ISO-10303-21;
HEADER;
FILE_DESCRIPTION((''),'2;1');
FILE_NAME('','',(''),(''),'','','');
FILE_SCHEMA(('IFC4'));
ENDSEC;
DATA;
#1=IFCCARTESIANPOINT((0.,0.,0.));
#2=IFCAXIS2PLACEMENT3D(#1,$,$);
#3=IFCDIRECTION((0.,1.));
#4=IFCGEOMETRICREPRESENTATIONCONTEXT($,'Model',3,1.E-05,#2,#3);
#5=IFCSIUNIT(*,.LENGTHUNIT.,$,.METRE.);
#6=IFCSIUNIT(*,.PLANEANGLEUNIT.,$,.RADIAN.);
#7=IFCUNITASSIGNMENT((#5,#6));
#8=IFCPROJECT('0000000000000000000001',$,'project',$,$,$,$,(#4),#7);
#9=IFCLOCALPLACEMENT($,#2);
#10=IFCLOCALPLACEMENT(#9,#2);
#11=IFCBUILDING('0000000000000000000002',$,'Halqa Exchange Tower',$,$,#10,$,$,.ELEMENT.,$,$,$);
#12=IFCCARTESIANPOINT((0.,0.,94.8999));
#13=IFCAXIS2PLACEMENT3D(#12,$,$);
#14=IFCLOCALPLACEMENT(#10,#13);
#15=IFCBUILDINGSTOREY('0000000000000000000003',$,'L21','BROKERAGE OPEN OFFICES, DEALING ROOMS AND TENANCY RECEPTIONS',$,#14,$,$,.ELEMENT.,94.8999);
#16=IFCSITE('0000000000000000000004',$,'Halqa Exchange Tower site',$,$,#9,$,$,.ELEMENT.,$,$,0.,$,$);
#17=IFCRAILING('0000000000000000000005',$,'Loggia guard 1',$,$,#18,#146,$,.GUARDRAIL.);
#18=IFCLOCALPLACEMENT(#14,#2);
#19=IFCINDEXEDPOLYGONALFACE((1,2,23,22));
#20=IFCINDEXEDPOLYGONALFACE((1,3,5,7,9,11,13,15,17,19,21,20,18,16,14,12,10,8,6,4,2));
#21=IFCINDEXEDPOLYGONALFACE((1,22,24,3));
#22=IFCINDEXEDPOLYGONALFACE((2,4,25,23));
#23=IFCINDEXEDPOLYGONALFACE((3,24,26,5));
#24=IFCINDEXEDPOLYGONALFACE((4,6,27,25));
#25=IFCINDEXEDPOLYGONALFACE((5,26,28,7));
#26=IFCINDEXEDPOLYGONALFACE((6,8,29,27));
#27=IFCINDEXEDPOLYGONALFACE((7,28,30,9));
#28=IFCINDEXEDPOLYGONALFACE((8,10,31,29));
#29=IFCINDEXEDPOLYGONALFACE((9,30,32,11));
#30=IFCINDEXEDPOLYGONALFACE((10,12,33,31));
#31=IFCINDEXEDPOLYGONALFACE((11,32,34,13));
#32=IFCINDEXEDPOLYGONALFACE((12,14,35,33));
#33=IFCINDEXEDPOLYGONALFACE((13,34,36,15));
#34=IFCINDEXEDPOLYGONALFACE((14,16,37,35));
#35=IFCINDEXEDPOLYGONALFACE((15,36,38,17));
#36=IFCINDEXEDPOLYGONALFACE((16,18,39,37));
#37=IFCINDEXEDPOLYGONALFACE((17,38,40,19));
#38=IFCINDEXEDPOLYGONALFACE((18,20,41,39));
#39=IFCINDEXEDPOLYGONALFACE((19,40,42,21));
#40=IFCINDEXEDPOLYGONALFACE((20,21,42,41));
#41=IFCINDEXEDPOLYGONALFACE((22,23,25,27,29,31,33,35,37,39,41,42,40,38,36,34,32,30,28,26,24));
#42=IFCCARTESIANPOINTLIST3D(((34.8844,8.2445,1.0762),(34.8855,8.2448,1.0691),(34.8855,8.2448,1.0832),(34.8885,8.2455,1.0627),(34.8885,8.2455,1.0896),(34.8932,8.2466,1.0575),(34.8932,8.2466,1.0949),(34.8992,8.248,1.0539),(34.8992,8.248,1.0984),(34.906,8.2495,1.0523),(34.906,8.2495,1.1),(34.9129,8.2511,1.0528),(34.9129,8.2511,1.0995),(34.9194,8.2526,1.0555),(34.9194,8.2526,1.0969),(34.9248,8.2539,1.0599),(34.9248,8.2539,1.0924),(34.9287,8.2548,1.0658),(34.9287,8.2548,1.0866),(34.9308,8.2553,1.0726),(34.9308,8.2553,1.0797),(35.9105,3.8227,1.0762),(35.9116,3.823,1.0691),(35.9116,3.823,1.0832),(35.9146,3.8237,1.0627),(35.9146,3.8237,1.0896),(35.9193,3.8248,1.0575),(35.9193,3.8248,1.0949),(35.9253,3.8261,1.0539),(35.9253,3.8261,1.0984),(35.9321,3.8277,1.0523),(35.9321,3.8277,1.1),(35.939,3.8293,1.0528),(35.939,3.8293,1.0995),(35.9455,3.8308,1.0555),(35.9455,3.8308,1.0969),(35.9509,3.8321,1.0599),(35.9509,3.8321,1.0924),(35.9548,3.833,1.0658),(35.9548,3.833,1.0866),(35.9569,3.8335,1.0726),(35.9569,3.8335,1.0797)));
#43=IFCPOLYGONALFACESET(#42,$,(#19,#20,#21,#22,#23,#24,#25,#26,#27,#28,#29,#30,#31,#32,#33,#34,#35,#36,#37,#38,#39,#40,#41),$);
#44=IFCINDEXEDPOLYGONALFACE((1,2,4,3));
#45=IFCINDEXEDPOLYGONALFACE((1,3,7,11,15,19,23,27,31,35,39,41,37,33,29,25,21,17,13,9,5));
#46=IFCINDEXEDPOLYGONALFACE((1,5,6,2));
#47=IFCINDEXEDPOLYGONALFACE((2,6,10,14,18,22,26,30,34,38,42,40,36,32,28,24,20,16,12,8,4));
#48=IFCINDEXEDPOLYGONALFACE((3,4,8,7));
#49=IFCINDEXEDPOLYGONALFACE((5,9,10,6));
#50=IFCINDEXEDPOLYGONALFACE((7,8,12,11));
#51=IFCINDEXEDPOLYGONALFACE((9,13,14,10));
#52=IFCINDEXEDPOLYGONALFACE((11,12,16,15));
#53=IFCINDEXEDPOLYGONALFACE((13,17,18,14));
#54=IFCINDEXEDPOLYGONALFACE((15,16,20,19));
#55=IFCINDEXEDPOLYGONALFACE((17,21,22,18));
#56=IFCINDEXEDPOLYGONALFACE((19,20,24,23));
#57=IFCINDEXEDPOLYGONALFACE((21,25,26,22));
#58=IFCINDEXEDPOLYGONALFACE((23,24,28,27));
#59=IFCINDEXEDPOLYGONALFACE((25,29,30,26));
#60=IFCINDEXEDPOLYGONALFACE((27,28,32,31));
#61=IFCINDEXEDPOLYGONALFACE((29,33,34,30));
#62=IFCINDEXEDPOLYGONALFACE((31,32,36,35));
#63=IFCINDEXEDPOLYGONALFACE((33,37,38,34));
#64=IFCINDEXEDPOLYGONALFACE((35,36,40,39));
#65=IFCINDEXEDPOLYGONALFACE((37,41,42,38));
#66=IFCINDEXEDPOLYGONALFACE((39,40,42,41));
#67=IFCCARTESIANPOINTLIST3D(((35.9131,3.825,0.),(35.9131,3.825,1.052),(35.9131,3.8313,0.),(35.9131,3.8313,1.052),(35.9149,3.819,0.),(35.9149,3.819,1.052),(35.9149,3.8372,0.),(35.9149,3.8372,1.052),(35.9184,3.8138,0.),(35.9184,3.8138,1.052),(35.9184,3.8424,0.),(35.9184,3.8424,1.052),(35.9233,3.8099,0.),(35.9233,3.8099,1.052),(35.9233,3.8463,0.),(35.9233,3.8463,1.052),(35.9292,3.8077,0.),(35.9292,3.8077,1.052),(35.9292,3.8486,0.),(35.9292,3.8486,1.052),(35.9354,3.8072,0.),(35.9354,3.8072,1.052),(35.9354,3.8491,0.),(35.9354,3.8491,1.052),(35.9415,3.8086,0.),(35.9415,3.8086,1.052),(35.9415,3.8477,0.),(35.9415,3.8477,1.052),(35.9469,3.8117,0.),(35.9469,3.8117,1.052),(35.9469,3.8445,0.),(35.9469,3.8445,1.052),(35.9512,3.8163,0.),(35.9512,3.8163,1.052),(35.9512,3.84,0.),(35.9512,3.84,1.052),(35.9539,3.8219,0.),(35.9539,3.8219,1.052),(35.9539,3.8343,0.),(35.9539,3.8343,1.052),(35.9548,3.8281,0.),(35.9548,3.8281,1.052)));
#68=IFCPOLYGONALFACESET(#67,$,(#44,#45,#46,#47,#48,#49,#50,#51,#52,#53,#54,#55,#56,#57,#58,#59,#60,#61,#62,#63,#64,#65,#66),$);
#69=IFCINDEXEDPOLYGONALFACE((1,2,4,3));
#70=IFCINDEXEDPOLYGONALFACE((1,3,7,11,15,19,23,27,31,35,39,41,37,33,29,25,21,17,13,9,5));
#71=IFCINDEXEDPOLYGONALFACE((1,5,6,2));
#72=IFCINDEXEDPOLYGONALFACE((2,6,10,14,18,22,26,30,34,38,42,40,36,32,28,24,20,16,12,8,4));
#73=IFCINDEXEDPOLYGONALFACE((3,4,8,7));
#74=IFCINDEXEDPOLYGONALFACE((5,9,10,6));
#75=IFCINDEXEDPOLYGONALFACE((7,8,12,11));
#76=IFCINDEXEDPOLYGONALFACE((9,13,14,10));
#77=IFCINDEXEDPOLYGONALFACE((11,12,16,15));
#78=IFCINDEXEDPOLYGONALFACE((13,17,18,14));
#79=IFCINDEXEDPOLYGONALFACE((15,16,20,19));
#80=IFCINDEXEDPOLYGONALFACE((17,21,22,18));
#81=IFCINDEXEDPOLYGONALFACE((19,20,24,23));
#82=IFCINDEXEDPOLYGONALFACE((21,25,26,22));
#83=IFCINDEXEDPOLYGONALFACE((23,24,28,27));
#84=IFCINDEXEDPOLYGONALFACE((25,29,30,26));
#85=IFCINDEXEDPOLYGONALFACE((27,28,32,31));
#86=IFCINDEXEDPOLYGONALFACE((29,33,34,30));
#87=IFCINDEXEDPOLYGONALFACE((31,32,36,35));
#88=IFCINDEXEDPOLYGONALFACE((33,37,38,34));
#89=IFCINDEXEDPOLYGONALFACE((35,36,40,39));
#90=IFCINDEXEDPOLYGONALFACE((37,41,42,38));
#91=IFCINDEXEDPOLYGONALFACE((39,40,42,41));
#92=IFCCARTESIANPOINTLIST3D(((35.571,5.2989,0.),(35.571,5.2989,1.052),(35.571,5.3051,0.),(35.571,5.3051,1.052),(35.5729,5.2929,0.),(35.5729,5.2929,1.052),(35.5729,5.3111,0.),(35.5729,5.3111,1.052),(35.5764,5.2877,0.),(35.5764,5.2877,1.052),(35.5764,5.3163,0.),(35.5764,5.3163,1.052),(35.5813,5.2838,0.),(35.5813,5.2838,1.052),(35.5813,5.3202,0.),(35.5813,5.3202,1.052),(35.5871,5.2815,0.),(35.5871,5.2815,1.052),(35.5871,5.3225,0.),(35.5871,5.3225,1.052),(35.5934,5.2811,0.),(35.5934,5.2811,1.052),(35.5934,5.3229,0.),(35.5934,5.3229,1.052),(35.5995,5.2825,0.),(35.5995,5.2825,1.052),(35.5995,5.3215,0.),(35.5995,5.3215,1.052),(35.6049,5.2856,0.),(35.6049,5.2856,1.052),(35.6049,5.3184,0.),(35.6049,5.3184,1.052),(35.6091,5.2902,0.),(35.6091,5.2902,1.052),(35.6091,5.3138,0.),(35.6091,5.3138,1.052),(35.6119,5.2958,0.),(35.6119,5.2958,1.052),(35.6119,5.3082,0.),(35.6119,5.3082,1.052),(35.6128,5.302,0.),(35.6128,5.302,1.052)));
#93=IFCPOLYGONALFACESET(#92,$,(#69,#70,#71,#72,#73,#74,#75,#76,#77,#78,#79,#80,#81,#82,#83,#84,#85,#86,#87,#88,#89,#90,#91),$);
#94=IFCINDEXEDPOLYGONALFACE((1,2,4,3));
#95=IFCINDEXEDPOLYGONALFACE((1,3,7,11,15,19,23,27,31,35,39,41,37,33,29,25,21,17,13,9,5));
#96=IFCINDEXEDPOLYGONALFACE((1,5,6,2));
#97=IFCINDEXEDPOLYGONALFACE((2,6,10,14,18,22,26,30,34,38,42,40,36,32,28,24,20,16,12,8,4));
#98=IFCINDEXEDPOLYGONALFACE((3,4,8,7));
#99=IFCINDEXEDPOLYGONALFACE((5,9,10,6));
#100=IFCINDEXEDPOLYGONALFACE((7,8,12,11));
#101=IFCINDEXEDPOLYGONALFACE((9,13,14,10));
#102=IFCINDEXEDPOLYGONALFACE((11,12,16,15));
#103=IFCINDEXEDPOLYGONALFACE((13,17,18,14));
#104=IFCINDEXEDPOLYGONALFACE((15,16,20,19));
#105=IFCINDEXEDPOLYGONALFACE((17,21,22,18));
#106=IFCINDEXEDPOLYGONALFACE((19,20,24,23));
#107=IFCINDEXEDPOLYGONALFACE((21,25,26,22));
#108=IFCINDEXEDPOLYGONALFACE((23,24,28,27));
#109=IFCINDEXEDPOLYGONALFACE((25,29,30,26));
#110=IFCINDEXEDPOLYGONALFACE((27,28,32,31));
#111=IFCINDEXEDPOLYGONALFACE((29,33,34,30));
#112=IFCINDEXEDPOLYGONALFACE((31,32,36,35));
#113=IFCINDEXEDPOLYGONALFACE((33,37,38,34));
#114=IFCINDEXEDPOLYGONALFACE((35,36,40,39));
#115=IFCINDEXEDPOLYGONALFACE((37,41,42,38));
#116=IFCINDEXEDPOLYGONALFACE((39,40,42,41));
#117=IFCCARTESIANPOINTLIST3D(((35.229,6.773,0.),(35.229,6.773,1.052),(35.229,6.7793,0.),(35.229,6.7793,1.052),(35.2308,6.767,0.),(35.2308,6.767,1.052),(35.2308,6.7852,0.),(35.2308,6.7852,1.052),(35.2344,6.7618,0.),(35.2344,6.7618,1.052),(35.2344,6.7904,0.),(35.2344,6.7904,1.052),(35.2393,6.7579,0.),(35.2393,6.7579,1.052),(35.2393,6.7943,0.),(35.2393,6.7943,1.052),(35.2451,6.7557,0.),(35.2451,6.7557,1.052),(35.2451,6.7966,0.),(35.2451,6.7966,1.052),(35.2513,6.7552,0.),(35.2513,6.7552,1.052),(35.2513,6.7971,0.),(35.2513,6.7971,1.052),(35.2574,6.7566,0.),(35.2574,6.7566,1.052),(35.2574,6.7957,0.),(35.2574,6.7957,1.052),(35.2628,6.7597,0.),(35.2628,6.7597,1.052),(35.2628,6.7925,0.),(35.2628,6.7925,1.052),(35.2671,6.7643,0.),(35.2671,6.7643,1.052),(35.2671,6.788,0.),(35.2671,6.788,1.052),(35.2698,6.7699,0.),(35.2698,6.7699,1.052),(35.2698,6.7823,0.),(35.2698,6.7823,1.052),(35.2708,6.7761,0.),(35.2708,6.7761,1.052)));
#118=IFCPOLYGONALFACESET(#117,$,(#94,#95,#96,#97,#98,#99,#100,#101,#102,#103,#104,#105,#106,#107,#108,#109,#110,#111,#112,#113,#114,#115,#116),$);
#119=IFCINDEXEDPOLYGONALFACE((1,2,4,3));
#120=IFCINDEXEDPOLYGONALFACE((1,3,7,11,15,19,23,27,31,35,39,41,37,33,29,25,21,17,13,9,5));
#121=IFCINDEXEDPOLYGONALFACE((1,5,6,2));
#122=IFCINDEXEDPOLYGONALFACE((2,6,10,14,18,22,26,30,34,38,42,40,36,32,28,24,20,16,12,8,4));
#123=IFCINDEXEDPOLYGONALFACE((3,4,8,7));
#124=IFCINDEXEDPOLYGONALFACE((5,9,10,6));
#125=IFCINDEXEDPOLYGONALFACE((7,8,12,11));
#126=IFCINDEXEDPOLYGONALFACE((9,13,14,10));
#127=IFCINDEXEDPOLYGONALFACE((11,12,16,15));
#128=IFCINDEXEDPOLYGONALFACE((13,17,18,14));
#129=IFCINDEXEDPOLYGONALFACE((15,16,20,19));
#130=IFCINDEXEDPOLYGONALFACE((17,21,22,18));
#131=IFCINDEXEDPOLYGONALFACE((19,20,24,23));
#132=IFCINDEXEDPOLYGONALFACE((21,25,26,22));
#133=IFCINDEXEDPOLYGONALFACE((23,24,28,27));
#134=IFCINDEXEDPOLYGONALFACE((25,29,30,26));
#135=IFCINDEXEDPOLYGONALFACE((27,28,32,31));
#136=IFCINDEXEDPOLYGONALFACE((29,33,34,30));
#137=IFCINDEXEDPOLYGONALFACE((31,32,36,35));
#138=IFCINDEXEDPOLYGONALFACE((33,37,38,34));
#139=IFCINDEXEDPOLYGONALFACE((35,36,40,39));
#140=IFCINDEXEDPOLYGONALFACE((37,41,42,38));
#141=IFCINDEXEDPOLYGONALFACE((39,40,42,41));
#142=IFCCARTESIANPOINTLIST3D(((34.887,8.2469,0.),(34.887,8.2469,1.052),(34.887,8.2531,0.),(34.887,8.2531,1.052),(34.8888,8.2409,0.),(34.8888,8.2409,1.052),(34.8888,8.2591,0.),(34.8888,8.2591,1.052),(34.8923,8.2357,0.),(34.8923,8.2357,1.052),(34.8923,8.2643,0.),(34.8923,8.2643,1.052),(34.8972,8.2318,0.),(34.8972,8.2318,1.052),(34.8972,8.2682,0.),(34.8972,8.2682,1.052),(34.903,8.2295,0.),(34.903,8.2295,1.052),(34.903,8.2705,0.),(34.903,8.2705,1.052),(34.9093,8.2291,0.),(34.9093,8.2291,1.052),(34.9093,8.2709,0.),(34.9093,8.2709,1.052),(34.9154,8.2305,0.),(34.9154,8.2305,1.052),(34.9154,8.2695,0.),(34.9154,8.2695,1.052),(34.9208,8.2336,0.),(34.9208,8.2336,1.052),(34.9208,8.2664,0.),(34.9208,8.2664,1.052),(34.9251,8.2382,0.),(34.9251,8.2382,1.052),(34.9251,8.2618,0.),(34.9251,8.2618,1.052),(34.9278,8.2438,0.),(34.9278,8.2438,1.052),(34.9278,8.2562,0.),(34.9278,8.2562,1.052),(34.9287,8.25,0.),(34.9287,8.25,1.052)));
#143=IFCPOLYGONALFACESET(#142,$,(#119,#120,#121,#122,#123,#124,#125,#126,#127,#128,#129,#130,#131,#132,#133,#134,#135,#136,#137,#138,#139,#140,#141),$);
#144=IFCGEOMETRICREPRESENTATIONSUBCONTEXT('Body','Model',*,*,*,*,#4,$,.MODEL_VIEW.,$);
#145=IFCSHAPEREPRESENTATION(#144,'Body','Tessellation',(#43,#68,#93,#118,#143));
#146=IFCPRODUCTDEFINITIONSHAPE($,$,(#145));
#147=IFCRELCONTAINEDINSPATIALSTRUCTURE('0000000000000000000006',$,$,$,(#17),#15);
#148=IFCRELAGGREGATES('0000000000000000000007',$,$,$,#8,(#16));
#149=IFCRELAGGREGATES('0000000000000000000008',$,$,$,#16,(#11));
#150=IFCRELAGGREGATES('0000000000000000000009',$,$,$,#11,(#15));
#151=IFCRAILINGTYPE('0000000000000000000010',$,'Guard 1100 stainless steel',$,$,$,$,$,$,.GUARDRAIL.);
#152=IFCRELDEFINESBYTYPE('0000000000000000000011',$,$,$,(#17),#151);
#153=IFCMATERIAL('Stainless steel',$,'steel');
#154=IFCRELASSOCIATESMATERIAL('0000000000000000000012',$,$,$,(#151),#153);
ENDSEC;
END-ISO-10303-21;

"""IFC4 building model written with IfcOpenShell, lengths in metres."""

from ifc_helpers import new_model, si_unit, direction, frame, origin, origin_2d, place, context, subcontext, project, spatial, circle, extrude, material, type_object, element, save


model = new_model("IFC4")

# Units and contexts
model_context = context("Model", 3, precision=1e-05, world=origin(), true_north=direction((0.0, 1.0)))
body_context = subcontext(model_context, "Body", "Model", "MODEL_VIEW")
ifc_project = project(units=[si_unit("LENGTHUNIT", "METRE"), si_unit("PLANEANGLEUNIT", "RADIAN")], contexts=[model_context])

# Site, building, storey
site_placement = place(None, origin())
site = spatial("IfcSite", under=ifc_project, at=site_placement, Name="Halqa Exchange Tower site", CompositionType="ELEMENT", RefElevation=0.0)
building_placement = place(site_placement, origin())
building = spatial("IfcBuilding", under=site, at=building_placement, Name="Halqa Exchange Tower", CompositionType="ELEMENT")
storey_placement = place(building_placement, frame((0.0, 0.0, 94.8999)))
storey = spatial("IfcBuildingStorey", under=building, at=storey_placement, Name="L21", Description="BROKERAGE OPEN OFFICES, DEALING ROOMS AND TENANCY RECEPTIONS", CompositionType="ELEMENT", Elevation=94.8999)

# Railing
ifc_material_1 = material(Name="Stainless steel", Category="steel")
railing_type = type_object("IfcRailingType", Name="Guard 1100 stainless steel", PredefinedType="GUARDRAIL", material=ifc_material_1)
railing_1_placement = place(storey_placement, frame((35.9338, 3.8281, 0.0)))
element("IfcRailing", 1, at=railing_1_placement, inside=storey, type_object=railing_type, Name="Loggia guard 1", PredefinedType="GUARDRAIL", context=body_context, shape_type="SweptSolid", body=[
    extrude(circle(Radius=0.0239, at=origin_2d()), frame((0.0, 0.0, 1.0762), z_axis=(-0.22605, 0.974116, 0.0), x_axis=(-0.974116, -0.22605, 0.0)), (0.0, 0.0, 1.0), 4.5393),
    extrude(circle(Radius=0.021, at=origin_2d()), origin(), (0.0, 0.0, 1.0), 1.052),
    extrude(circle(Radius=0.021, at=origin_2d()), frame((-0.342, 1.4739, 0.0)), (0.0, 0.0, 1.0), 1.052),
    extrude(circle(Radius=0.021, at=origin_2d()), frame((-0.6841, 2.948, 0.0)), (0.0, 0.0, 1.0), 1.052),
    extrude(circle(Radius=0.021, at=origin_2d()), frame((-1.0261, 4.4219, 0.0)), (0.0, 0.0, 1.0), 1.052),
])

save(model, "model.ifc")
